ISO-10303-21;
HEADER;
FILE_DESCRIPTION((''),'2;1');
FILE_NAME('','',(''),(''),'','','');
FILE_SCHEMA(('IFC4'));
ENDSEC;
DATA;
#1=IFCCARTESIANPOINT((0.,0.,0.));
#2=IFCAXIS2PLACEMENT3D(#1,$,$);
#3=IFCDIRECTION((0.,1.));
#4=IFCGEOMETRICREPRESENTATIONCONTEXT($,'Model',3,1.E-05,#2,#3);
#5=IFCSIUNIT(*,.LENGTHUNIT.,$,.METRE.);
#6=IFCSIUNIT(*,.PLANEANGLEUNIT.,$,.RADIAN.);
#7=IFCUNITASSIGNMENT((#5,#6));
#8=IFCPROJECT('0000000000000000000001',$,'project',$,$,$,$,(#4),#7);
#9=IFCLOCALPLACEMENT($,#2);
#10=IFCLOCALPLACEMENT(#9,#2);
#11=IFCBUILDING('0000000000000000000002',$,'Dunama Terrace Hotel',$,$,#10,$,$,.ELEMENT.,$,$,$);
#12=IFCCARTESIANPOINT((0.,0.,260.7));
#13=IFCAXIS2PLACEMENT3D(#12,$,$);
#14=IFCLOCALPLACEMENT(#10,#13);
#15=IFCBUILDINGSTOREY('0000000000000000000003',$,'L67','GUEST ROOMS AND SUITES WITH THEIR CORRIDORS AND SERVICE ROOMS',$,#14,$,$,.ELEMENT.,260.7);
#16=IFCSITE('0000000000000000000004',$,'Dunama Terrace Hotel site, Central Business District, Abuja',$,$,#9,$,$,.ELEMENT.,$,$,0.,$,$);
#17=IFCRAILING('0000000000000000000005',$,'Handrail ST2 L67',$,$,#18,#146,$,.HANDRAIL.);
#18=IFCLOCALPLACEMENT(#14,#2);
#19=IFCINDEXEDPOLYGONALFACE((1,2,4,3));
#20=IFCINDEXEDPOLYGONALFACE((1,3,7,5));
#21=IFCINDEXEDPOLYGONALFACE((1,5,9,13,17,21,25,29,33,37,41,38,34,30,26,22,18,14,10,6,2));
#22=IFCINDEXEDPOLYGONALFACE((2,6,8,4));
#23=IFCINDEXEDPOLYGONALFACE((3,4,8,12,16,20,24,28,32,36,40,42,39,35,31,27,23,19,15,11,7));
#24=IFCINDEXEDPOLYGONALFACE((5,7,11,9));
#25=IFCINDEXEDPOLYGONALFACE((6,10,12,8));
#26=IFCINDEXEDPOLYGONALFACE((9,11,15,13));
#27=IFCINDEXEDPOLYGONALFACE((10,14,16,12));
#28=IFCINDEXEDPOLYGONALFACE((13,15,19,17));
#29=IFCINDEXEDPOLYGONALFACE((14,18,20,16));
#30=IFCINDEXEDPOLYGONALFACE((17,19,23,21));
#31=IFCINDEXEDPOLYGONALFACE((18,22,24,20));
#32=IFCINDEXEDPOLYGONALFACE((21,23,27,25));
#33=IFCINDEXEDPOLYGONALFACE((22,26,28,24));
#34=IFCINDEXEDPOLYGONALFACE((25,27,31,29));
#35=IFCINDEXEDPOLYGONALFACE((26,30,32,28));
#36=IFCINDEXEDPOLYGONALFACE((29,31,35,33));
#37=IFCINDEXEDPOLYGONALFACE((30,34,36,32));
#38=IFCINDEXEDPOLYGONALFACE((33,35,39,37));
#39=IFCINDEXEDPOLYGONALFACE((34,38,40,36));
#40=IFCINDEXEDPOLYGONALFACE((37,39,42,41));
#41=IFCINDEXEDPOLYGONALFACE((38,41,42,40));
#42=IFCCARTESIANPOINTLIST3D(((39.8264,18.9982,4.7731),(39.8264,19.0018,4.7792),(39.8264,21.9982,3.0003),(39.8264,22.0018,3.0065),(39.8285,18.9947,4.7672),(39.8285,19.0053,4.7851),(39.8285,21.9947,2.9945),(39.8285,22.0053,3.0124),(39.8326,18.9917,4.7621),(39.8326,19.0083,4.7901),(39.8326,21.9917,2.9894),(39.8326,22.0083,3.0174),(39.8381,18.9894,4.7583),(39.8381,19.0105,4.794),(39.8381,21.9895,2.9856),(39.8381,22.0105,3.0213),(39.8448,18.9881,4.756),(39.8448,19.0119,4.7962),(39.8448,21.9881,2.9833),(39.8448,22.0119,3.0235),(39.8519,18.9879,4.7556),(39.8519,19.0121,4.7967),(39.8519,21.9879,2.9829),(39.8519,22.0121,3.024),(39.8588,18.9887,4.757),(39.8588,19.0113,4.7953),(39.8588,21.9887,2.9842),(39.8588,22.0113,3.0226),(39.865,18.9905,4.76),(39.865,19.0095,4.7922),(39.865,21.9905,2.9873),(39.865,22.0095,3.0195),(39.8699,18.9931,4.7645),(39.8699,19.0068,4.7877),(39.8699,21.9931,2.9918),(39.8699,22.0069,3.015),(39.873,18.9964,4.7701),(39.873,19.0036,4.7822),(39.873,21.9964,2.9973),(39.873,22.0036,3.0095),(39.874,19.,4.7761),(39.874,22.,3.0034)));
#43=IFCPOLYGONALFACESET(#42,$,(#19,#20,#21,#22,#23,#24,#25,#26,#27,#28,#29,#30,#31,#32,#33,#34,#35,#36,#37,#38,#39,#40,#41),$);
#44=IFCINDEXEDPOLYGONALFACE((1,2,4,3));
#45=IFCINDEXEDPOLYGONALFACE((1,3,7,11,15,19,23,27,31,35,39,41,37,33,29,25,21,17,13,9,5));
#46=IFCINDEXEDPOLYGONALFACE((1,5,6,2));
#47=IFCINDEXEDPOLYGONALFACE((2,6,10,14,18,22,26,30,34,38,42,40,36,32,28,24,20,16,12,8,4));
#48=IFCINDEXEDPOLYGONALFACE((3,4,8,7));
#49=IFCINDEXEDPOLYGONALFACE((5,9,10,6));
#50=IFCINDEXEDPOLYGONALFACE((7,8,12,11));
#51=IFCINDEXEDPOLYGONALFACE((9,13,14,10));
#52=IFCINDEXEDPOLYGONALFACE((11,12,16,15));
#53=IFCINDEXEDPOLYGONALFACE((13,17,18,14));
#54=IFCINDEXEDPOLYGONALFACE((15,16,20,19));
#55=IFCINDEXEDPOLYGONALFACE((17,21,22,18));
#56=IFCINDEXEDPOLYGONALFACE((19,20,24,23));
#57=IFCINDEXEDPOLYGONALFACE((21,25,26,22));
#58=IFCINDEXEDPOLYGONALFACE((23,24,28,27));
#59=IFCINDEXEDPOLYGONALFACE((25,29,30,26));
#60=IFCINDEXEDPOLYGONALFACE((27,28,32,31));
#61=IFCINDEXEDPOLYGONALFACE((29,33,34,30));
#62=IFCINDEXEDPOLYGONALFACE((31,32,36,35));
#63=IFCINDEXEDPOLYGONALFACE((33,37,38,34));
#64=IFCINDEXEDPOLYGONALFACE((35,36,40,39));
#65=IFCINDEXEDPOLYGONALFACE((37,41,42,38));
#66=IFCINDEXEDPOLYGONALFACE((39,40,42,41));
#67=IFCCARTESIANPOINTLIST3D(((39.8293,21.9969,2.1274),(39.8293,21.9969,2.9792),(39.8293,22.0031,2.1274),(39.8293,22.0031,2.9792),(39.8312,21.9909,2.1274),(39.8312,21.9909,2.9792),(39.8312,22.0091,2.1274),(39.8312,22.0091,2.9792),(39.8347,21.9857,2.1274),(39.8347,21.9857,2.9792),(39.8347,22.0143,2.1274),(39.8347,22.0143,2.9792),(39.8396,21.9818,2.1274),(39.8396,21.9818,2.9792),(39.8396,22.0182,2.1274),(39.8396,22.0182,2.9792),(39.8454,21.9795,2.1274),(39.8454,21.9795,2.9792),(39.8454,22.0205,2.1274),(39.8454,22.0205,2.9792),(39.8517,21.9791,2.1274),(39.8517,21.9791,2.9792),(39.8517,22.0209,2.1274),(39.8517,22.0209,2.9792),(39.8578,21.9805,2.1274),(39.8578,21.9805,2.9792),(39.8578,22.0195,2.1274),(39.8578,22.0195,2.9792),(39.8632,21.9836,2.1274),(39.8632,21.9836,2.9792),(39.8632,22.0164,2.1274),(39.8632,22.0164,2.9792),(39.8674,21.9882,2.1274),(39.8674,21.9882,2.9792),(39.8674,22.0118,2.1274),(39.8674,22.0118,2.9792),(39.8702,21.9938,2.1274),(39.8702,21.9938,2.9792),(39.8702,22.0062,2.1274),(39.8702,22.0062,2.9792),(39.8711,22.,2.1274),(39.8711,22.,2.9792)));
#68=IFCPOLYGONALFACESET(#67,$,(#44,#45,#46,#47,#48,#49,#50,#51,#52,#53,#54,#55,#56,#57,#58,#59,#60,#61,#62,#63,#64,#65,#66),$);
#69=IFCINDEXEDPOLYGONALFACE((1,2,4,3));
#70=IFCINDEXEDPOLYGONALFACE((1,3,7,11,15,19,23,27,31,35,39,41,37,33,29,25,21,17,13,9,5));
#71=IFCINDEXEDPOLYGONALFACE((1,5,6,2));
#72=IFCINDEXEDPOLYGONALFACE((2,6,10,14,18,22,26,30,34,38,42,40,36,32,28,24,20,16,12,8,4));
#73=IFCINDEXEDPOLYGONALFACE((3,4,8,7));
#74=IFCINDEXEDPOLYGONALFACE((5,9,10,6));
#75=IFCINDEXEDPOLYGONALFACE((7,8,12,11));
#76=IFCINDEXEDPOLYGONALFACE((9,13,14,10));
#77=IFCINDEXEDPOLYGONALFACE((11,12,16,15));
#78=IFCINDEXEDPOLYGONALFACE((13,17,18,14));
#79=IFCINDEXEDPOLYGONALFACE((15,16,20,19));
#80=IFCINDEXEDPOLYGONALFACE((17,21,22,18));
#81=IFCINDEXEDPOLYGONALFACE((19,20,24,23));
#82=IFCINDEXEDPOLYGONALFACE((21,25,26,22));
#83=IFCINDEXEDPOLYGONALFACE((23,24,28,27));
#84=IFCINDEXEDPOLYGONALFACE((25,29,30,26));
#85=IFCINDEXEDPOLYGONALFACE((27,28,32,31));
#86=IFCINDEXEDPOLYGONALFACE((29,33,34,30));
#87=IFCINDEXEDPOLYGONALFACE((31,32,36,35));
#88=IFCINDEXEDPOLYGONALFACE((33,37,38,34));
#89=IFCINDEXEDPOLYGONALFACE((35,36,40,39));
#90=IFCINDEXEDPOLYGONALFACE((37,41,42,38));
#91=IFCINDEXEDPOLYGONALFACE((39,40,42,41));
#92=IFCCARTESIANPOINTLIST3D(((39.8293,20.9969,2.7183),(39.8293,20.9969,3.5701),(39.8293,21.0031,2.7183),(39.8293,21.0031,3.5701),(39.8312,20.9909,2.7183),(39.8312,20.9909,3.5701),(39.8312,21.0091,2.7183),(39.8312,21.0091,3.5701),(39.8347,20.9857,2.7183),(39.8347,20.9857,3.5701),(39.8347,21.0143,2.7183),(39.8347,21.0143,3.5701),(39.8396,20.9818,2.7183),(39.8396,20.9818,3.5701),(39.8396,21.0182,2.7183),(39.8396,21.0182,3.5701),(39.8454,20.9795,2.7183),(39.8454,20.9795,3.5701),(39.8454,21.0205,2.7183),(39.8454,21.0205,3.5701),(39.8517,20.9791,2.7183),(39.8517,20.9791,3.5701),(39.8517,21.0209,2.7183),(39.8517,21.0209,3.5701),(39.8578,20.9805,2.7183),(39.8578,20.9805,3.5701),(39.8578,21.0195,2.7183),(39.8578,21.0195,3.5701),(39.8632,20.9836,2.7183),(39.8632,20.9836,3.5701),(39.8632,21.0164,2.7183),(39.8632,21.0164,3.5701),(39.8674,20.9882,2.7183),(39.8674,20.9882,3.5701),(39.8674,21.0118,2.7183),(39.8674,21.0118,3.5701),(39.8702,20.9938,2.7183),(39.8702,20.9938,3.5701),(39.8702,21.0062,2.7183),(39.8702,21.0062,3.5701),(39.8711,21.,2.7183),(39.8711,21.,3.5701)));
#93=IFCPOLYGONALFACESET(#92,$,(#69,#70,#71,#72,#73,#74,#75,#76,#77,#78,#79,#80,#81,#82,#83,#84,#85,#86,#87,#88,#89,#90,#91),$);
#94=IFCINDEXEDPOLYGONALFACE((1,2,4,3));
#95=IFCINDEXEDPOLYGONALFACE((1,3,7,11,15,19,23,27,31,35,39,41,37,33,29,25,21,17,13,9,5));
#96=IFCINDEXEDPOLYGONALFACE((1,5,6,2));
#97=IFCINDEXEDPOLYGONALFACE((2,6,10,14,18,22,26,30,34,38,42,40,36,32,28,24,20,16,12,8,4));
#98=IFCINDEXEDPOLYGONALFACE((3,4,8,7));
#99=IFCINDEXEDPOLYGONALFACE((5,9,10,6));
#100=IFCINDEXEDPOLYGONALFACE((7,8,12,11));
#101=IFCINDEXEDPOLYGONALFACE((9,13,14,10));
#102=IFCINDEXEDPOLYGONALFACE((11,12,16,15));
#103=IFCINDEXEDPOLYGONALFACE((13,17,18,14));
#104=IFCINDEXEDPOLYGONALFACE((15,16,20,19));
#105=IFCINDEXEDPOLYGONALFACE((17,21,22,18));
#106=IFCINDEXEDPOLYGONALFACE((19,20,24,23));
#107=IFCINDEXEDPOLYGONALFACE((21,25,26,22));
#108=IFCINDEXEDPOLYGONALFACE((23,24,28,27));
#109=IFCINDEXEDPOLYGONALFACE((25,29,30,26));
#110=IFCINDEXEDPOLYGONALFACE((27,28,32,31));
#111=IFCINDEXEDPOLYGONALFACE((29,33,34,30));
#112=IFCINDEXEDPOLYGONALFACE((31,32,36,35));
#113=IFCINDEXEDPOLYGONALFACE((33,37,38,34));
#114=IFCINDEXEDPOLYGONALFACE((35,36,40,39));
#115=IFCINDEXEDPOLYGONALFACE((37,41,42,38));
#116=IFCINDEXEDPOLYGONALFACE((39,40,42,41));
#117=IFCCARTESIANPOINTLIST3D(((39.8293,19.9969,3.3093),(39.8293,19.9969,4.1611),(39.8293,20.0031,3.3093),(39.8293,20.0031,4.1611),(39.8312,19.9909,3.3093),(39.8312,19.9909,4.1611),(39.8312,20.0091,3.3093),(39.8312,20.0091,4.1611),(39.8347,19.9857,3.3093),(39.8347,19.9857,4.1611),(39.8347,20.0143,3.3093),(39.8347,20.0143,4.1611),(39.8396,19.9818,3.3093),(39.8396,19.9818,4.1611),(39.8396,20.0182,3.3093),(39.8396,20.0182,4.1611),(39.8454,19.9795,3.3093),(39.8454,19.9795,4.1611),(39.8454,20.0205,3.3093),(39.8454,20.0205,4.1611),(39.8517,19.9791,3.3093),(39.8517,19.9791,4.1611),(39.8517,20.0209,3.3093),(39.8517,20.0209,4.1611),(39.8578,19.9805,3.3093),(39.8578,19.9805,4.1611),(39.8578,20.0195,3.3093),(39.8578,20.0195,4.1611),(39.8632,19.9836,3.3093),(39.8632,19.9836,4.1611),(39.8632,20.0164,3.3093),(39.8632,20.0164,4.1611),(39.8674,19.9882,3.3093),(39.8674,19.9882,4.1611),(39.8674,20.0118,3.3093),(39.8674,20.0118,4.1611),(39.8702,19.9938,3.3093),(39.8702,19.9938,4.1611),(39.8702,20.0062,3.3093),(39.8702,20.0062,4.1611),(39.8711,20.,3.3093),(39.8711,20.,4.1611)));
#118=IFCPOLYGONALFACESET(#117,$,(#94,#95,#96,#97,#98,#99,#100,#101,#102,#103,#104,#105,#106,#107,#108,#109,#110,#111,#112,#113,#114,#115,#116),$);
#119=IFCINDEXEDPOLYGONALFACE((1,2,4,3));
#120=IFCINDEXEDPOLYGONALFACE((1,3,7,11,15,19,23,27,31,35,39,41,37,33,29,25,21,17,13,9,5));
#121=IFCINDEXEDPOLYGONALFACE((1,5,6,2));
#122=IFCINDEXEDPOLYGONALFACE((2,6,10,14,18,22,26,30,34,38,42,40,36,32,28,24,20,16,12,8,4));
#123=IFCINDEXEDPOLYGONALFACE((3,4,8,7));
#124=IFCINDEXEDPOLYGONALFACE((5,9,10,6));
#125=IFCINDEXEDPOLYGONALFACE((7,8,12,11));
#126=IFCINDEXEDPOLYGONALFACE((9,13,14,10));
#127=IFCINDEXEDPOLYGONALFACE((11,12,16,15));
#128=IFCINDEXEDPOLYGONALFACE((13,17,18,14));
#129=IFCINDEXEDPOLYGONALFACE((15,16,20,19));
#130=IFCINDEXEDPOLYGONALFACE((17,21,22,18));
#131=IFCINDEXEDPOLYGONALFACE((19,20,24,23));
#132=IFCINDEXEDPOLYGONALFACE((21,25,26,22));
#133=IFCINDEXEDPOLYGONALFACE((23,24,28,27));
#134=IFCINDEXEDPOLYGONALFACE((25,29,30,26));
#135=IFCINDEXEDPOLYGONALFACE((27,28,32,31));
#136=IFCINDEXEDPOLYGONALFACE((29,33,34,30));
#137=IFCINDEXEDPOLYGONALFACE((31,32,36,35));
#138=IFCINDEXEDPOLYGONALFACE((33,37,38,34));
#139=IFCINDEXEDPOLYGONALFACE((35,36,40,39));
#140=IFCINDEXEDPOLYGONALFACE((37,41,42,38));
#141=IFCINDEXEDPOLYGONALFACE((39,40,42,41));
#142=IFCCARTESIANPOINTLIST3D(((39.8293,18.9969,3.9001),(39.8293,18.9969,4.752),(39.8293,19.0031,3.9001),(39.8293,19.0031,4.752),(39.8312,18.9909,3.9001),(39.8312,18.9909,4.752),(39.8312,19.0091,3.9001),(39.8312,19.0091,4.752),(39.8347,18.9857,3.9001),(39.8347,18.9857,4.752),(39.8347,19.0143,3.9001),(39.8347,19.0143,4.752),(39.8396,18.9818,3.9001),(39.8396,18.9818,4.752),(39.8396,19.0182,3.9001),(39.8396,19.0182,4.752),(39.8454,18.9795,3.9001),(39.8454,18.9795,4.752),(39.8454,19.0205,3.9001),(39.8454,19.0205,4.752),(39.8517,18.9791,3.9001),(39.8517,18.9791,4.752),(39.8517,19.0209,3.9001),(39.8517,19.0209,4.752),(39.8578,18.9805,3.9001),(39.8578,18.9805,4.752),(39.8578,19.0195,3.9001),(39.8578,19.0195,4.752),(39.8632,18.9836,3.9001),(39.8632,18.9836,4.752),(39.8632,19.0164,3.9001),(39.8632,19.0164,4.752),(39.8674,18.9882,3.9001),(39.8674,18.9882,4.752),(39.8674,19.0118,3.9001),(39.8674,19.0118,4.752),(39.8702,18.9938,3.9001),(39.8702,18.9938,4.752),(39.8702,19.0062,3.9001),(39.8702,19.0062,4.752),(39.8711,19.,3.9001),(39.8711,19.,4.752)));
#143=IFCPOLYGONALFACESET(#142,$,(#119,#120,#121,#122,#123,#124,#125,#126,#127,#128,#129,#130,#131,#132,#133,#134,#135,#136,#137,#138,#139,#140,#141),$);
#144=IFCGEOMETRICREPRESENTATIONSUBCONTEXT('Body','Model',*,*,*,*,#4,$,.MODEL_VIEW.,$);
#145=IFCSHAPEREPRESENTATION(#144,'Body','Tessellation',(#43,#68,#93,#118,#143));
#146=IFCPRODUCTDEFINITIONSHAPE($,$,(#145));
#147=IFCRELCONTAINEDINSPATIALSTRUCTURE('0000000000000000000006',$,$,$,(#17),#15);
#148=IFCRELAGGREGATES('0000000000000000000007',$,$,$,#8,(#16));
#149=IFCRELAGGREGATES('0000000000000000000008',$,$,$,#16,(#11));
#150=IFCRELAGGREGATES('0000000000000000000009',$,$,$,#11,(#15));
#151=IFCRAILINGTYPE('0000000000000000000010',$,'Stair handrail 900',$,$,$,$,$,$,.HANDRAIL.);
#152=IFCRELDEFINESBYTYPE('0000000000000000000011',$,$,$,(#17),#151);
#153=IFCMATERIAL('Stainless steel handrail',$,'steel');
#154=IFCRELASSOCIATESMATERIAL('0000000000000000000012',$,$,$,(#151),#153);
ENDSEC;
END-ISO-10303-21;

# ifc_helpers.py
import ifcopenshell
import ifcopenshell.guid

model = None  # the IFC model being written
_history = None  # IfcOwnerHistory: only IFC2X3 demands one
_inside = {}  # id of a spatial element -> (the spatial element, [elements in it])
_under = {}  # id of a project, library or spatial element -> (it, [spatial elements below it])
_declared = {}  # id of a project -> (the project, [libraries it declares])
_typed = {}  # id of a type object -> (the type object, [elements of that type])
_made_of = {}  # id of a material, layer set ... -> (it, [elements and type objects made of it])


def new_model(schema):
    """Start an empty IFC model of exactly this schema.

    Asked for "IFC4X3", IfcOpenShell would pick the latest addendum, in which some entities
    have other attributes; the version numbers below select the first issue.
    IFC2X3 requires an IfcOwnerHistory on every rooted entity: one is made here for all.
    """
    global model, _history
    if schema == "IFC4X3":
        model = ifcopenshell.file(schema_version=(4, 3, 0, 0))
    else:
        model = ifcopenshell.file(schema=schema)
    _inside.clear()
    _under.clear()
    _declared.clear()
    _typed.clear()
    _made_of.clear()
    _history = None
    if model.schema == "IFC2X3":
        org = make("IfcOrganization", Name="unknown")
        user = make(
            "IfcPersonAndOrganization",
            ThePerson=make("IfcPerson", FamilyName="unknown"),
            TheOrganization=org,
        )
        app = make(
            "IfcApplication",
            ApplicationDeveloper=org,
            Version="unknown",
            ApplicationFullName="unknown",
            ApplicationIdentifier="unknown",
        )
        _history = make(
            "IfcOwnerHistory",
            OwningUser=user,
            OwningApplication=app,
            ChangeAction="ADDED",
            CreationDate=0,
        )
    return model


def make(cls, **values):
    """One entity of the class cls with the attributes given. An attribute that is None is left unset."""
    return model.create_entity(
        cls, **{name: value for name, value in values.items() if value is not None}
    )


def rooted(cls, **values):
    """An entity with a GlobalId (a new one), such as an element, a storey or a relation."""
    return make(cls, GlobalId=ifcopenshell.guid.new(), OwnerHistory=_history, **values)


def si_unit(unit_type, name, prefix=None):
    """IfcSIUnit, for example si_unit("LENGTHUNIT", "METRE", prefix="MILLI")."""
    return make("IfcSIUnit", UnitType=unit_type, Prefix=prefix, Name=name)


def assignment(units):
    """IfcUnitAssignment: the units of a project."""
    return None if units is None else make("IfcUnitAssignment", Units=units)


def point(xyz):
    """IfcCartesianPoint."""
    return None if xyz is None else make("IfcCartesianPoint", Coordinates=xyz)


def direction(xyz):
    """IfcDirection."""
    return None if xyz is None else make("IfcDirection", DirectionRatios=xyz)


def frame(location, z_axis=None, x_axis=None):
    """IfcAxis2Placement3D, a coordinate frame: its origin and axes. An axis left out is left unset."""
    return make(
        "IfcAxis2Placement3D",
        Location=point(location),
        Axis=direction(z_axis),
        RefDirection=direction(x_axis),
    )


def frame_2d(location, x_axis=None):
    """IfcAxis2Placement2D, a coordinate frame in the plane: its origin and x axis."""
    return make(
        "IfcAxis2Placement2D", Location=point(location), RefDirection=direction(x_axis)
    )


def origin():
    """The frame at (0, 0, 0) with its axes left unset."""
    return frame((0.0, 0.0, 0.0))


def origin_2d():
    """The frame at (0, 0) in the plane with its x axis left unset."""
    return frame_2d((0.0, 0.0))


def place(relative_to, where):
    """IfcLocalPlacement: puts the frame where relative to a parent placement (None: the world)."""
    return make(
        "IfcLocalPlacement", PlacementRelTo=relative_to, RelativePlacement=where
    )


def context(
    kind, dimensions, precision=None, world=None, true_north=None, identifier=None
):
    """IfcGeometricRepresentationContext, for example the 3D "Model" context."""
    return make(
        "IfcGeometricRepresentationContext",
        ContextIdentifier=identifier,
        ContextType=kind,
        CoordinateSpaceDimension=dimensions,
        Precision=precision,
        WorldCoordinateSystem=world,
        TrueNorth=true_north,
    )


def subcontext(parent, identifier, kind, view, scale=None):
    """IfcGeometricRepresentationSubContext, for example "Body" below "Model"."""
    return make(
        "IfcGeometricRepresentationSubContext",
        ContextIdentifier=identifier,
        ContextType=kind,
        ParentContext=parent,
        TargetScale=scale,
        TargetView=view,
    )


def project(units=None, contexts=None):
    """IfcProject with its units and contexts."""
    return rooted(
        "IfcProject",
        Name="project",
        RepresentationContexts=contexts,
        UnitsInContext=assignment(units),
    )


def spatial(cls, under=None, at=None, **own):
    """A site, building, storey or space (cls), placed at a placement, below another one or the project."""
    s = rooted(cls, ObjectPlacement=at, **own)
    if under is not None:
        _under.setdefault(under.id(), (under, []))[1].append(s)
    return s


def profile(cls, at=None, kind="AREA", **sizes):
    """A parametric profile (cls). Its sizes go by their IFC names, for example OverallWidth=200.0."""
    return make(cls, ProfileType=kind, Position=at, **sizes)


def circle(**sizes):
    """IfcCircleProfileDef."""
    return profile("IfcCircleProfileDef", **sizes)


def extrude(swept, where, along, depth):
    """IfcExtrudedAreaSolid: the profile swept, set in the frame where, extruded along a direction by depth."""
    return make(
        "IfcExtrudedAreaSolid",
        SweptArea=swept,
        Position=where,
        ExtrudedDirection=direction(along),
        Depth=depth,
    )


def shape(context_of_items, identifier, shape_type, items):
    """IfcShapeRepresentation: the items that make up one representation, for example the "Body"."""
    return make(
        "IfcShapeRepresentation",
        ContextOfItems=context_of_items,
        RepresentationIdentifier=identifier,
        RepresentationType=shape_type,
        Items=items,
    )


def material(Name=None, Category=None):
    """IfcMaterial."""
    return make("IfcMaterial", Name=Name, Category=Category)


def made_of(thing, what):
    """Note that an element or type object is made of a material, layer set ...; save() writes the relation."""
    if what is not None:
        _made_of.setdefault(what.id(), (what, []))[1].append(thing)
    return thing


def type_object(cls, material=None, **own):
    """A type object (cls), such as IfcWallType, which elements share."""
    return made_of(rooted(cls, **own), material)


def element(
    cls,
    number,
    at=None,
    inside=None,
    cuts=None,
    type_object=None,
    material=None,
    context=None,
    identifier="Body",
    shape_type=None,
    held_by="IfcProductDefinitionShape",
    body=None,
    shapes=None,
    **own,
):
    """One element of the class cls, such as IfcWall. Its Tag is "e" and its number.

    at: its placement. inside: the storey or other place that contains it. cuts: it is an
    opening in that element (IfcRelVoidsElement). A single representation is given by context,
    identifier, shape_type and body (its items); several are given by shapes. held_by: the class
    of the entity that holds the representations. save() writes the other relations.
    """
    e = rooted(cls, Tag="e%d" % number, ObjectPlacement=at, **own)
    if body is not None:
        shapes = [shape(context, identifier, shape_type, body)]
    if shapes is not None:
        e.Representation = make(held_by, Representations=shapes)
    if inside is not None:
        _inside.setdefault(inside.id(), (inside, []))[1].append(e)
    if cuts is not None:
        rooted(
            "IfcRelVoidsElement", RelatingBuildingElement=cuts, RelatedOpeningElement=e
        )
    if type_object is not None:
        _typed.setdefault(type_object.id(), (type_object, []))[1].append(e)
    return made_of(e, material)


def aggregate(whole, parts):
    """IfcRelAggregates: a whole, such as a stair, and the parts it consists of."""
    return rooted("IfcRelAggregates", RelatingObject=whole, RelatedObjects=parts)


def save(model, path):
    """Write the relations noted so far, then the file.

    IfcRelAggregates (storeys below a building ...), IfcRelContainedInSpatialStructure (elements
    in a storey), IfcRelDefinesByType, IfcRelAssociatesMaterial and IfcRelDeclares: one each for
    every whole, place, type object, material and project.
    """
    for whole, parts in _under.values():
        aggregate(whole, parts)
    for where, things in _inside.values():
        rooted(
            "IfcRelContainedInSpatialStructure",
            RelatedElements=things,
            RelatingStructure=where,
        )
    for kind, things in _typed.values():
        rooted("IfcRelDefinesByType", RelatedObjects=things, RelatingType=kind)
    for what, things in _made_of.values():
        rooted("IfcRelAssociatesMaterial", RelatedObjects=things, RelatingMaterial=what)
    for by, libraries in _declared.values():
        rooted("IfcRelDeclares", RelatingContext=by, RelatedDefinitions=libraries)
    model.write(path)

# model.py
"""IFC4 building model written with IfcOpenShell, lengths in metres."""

from ifc_helpers import new_model, si_unit, direction, frame, origin, origin_2d, place, context, subcontext, project, spatial, circle, extrude, material, type_object, element, save


model = new_model("IFC4")

# Units and contexts
model_context = context("Model", 3, precision=1e-05, world=origin(), true_north=direction((0.0, 1.0)))
body_context = subcontext(model_context, "Body", "Model", "MODEL_VIEW")
ifc_project = project(units=[si_unit("LENGTHUNIT", "METRE"), si_unit("PLANEANGLEUNIT", "RADIAN")], contexts=[model_context])

# Site, building, storey
site_placement = place(None, origin())
site = spatial("IfcSite", under=ifc_project, at=site_placement, Name="Dunama Terrace Hotel site, Central Business District, Abuja", CompositionType="ELEMENT", RefElevation=0.0)
building_placement = place(site_placement, origin())
building = spatial("IfcBuilding", under=site, at=building_placement, Name="Dunama Terrace Hotel", CompositionType="ELEMENT")
storey_placement = place(building_placement, frame((0.0, 0.0, 260.7)))
storey = spatial("IfcBuildingStorey", under=building, at=storey_placement, Name="L67", Description="GUEST ROOMS AND SUITES WITH THEIR CORRIDORS AND SERVICE ROOMS", CompositionType="ELEMENT", Elevation=260.7)

# Railing
ifc_material_1 = material(Name="Stainless steel handrail", Category="steel")
railing_type_1 = type_object("IfcRailingType", Name="Stair handrail 900", PredefinedType="HANDRAIL", material=ifc_material_1)
railing_1_placement = place(storey_placement, frame((39.8501, 22.0, 2.1274)))
element("IfcRailing", 1, at=railing_1_placement, inside=storey, type_object=railing_type_1, Name="Handrail ST2 L67", PredefinedType="HANDRAIL", context=body_context, shape_type="SweptSolid", body=[
    extrude(circle(Radius=0.0239, at=origin_2d()), frame((0.0, 0.0, 0.876), z_axis=(0.0, -0.860929, 0.508725), x_axis=(1.0, 0.0, 0.0)), (0.0, 0.0, 1.0), 3.4846),
    extrude(circle(Radius=0.021, at=origin_2d()), origin(), (0.0, 0.0, 1.0), 0.8518),
    extrude(circle(Radius=0.021, at=origin_2d()), frame((0.0, -1.0, 0.5908)), (0.0, 0.0, 1.0), 0.8518),
    extrude(circle(Radius=0.021, at=origin_2d()), frame((0.0, -2.0, 1.1819)), (0.0, 0.0, 1.0), 0.8518),
    extrude(circle(Radius=0.021, at=origin_2d()), frame((0.0, -3.0, 1.7727)), (0.0, 0.0, 1.0), 0.8518),
])

save(model, "model.ifc")
